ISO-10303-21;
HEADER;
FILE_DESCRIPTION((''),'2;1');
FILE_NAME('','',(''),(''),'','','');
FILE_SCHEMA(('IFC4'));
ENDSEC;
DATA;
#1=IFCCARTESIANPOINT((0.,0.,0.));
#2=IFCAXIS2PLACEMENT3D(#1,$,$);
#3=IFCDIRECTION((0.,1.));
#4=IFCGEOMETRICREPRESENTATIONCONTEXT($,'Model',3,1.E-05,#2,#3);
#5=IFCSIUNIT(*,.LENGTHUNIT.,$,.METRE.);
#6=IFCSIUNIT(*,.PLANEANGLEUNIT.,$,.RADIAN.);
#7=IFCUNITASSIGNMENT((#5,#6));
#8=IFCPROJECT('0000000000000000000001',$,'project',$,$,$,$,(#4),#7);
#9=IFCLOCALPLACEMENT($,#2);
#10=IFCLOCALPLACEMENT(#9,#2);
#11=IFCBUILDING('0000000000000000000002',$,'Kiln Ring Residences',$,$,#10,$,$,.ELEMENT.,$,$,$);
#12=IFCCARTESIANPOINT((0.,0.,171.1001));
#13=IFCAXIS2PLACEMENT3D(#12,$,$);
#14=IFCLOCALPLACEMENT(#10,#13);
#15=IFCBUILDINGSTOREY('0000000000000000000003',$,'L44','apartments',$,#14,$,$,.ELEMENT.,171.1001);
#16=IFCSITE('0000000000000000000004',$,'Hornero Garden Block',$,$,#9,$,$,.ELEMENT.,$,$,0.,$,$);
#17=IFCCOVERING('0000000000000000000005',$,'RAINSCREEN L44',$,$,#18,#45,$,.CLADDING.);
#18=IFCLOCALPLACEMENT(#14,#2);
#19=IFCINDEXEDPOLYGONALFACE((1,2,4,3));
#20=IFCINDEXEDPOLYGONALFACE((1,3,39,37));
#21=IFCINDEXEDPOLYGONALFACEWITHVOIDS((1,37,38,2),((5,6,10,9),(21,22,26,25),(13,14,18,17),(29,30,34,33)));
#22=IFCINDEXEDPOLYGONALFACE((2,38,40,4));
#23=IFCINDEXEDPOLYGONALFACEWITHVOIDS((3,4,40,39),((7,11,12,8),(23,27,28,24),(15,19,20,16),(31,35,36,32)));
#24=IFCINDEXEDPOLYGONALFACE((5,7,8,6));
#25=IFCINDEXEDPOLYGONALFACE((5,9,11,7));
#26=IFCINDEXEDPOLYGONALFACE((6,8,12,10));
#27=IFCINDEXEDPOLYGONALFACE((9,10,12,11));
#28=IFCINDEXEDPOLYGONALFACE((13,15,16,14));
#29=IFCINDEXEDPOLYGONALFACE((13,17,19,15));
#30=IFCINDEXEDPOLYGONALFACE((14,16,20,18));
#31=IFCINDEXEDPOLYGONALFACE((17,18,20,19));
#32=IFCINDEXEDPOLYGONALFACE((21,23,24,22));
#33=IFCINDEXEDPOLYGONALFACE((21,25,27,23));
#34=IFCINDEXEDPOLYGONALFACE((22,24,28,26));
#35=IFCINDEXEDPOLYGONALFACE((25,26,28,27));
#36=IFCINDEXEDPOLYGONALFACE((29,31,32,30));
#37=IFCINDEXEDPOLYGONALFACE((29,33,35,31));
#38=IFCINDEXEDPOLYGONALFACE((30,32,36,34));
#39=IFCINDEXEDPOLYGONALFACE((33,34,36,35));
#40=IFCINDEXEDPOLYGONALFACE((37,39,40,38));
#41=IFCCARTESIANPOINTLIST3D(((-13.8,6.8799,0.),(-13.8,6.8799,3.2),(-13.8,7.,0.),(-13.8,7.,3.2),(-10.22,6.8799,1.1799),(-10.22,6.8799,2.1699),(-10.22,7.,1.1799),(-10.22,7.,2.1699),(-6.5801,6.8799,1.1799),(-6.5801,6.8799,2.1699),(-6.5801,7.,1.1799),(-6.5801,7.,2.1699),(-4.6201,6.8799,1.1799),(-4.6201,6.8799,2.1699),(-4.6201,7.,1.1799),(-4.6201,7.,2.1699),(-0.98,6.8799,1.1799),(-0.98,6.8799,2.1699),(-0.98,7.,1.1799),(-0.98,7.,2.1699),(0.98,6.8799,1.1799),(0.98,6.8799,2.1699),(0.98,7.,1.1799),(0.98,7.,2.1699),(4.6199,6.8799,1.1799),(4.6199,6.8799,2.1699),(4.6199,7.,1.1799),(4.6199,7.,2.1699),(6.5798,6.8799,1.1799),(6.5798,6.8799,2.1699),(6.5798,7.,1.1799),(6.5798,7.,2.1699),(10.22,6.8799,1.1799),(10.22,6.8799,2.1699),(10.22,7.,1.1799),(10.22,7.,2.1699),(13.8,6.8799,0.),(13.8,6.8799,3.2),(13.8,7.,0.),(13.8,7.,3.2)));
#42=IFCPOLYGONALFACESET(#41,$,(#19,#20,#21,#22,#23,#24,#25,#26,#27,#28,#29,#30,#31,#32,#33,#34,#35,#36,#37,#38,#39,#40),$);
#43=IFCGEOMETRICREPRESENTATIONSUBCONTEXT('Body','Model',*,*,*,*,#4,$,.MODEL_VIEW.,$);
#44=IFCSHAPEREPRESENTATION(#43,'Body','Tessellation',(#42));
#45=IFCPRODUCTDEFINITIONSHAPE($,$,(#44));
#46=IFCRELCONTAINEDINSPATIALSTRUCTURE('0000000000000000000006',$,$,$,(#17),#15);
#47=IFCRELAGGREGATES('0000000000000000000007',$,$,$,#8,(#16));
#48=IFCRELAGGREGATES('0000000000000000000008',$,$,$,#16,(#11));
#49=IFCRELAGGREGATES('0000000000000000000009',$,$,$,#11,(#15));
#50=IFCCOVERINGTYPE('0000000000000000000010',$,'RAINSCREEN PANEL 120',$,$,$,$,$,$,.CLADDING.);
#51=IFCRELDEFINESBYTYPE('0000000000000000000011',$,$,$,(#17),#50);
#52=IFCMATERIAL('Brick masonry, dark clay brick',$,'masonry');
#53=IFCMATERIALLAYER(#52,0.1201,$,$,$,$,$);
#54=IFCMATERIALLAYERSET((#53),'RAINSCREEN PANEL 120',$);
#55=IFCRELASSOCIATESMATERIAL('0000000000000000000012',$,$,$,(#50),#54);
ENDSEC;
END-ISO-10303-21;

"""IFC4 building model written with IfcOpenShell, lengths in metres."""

from ifc_helpers import new_model, si_unit, direction, frame, origin, place, context, subcontext, project, spatial, polyline, outline, extrude, material, layer, layer_set, type_object, element, save


model = new_model("IFC4")

# Units and contexts
model_context = context("Model", 3, precision=1e-05, world=origin(), true_north=direction((0.0, 1.0)))
body_context = subcontext(model_context, "Body", "Model", "MODEL_VIEW")
ifc_project = project(units=[si_unit("LENGTHUNIT", "METRE"), si_unit("PLANEANGLEUNIT", "RADIAN")], contexts=[model_context])

# Site, building, storey
site_placement = place(None, origin())
site = spatial("IfcSite", under=ifc_project, at=site_placement, Name="Hornero Garden Block", CompositionType="ELEMENT", RefElevation=0.0)
building_placement = place(site_placement, origin())
building = spatial("IfcBuilding", under=site, at=building_placement, Name="Kiln Ring Residences", CompositionType="ELEMENT")
storey_placement = place(building_placement, frame((0.0, 0.0, 171.1001)))
storey = spatial("IfcBuildingStorey", under=building, at=storey_placement, Name="L44", Description="apartments", CompositionType="ELEMENT", Elevation=171.1001)

# Covering
ifc_material_1 = material(Name="Brick masonry, dark clay brick", Category="masonry")
ifc_layer_1 = layer(ifc_material_1, 0.1201)
ifc_layer_set_1 = layer_set([ifc_layer_1], Name="RAINSCREEN PANEL 120")
covering_type = type_object("IfcCoveringType", Name="RAINSCREEN PANEL 120", PredefinedType="CLADDING", material=ifc_layer_set_1)
covering_placement = place(storey_placement, frame((-13.8, 6.9399, 0.0), z_axis=(0.0, 0.0, 1.0), x_axis=(1.0, 0.0, 0.0)))
element("IfcCovering", 1, at=covering_placement, inside=storey, type_object=covering_type, Name="RAINSCREEN L44", PredefinedType="CLADDING", context=body_context, shape_type="SweptSolid", body=[
    extrude(outline(polyline([(0.0, 0.0), (27.6001, 0.0), (27.6001, 3.2), (0.0, 3.2), (0.0, 0.0)]), holes=[polyline([(7.22, 1.1799), (7.22, 2.1699), (3.5801, 2.1699), (3.5801, 1.1799), (7.22, 1.1799)]), polyline([(12.8201, 1.1799), (12.8201, 2.1699), (9.1799, 2.1699), (9.1799, 1.1799), (12.8201, 1.1799)]), polyline([(18.4199, 1.1799), (18.4199, 2.1699), (14.78, 2.1699), (14.78, 1.1799), (18.4199, 1.1799)]), polyline([(24.02, 1.1799), (24.02, 2.1699), (20.3799, 2.1699), (20.3799, 1.1799), (24.02, 1.1799)])]), frame((0.0, 0.0601, 0.0), z_axis=(0.0, -1.0, 0.0), x_axis=(1.0, 0.0, 0.0)), (0.0, 0.0, 1.0), 0.1201),
])

save(model, "model.ifc")
